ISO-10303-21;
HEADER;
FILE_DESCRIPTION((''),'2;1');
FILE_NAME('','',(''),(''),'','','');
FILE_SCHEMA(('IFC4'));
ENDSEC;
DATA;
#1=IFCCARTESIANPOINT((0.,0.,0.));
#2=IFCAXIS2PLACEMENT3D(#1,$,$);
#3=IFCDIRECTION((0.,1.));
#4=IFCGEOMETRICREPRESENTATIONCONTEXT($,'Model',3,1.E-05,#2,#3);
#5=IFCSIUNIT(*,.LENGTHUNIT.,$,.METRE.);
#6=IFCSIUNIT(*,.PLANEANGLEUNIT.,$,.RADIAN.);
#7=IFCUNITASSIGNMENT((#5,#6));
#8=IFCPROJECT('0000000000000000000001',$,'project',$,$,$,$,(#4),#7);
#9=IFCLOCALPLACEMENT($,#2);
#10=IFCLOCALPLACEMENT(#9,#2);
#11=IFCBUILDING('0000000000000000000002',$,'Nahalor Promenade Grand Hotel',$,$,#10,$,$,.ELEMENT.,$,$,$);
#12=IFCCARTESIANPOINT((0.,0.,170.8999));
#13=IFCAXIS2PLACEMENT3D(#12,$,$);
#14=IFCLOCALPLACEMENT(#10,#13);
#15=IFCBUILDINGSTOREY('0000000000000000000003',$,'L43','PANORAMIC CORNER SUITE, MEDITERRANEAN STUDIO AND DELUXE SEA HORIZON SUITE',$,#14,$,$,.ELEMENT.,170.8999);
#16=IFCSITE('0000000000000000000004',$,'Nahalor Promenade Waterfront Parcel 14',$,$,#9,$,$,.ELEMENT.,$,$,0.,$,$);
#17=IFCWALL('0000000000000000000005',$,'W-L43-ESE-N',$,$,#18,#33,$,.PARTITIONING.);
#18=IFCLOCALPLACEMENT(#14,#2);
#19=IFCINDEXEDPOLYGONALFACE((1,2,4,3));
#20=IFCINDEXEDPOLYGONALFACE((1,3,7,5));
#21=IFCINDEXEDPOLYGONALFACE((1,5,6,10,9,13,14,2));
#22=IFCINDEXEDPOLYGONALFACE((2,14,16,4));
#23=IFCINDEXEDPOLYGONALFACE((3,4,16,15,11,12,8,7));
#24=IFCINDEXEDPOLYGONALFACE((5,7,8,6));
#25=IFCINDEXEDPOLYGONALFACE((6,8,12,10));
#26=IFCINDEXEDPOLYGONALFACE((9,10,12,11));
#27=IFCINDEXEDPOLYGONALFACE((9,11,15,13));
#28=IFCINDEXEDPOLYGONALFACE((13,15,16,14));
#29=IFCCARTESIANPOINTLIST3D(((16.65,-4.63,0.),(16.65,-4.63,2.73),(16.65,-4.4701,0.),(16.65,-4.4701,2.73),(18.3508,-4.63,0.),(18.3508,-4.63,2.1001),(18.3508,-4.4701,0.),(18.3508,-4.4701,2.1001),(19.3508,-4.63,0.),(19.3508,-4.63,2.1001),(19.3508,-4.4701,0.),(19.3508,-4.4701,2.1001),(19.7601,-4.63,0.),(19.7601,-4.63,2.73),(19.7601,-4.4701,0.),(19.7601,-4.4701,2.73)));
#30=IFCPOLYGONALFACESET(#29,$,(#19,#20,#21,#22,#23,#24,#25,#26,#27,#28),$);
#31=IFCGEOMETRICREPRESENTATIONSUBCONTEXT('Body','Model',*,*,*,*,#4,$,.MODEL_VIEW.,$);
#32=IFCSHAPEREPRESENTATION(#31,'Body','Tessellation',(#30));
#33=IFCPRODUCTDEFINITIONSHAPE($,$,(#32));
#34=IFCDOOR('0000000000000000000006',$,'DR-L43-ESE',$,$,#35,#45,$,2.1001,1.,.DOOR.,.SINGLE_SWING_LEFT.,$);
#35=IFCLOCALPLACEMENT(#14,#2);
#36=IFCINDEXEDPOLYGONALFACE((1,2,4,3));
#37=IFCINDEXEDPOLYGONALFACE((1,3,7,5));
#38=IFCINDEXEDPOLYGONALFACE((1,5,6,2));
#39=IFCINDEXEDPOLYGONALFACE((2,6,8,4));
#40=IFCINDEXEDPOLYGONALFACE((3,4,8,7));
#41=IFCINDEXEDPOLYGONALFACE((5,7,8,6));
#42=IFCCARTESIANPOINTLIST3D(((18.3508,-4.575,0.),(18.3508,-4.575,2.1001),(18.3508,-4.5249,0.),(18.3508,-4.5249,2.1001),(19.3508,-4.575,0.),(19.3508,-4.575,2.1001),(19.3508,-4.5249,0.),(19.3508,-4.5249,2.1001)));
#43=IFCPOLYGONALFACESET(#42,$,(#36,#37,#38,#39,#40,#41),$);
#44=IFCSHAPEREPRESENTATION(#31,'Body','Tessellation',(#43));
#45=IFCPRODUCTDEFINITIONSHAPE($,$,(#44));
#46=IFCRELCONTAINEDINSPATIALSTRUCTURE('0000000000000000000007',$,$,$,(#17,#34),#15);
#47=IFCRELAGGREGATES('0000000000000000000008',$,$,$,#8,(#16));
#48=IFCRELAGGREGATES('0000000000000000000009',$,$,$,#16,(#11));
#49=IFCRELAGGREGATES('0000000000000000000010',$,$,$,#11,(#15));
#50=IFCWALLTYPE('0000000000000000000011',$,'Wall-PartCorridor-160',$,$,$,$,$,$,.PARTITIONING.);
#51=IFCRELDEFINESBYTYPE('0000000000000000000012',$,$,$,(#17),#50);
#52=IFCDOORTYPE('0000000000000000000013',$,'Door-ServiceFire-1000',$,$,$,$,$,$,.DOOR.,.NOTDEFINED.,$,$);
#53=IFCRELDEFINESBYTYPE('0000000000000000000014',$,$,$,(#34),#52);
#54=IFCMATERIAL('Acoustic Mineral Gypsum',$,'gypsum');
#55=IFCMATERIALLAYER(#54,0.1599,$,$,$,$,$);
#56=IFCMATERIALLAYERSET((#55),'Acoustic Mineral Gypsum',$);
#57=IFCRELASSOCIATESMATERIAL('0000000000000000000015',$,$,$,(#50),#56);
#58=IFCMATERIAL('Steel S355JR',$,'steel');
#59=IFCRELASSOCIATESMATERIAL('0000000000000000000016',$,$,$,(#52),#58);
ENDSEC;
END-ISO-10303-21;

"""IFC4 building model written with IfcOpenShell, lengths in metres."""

from ifc_helpers import new_model, si_unit, direction, frame, frame_2d, origin, place, context, subcontext, project, spatial, rectangle, extrude, source, transform, mapped, material, layer, layer_set, type_object, element, fill, save


model = new_model("IFC4")

# Units and contexts
model_context = context("Model", 3, precision=1e-05, world=origin(), true_north=direction((0.0, 1.0)))
body_context = subcontext(model_context, "Body", "Model", "MODEL_VIEW")
ifc_project = project(units=[si_unit("LENGTHUNIT", "METRE"), si_unit("PLANEANGLEUNIT", "RADIAN")], contexts=[model_context])

# Site, building, storey
site_placement = place(None, origin())
site = spatial("IfcSite", under=ifc_project, at=site_placement, Name="Nahalor Promenade Waterfront Parcel 14", CompositionType="ELEMENT", RefElevation=0.0)
building_placement = place(site_placement, origin())
building = spatial("IfcBuilding", under=site, at=building_placement, Name="Nahalor Promenade Grand Hotel", CompositionType="ELEMENT")
storey_placement = place(building_placement, frame((0.0, 0.0, 170.8999)))
storey = spatial("IfcBuildingStorey", under=building, at=storey_placement, Name="L43", Description="PANORAMIC CORNER SUITE, MEDITERRANEAN STUDIO AND DELUXE SEA HORIZON SUITE", CompositionType="ELEMENT", Elevation=170.8999)

# Shared definitions
ifc_material_1 = material(Name="Steel S355JR", Category="steel")

# Wall, opening, door
ifc_material_2 = material(Name="Acoustic Mineral Gypsum", Category="gypsum")
ifc_layer_1 = layer(ifc_material_2, 0.1599)
ifc_layer_set_1 = layer_set([ifc_layer_1], Name="Acoustic Mineral Gypsum")
wall_type_1 = type_object("IfcWallType", Name="Wall-PartCorridor-160", PredefinedType="PARTITIONING", material=ifc_layer_set_1)
shared_shape_1 = source(origin(), body_context, "Body", "SweptSolid", [
    extrude(rectangle(XDim=3.1101, YDim=0.1599, at=frame_2d((1.5552, 0.0))), origin(), (0.0, 0.0, 1.0), 2.73),
])
wall_1_placement = place(storey_placement, frame((16.6499, -4.55, 0.0), z_axis=(0.0, 0.0, 1.0), x_axis=(1.0, 0.0, 0.0)))
wall_1 = element("IfcWall", 1, at=wall_1_placement, inside=storey, type_object=wall_type_1, Name="W-L43-ESE-N", PredefinedType="PARTITIONING", context=body_context, shape_type="MappedRepresentation", body=[
    mapped(shared_shape_1, transform((0.0, 0.0, 0.0), scale=1.0)),
])
opening_1_placement = place(wall_1_placement, frame((1.7009, 0.0, 0.0)))
opening_1 = element("IfcOpeningElement", 2, at=opening_1_placement, cuts=wall_1, PredefinedType="OPENING", context=body_context, shape_type="SweptSolid", body=[
    extrude(rectangle(XDim=1.0, YDim=2.1001, at=frame_2d((0.5, 1.05))), frame((0.0, 0.0898, 0.0), z_axis=(0.0, -1.0, 0.0), x_axis=(1.0, 0.0, 0.0)), (0.0, 0.0, 1.0), 0.1799),
])
door_type_1 = type_object("IfcDoorType", Name="Door-ServiceFire-1000", OperationType="NOTDEFINED", PredefinedType="DOOR", material=ifc_material_1)
shared_shape_2 = source(origin(), body_context, "Body", "SweptSolid", [
    extrude(rectangle(XDim=1.0, YDim=2.1001, at=frame_2d((0.5, 1.05))), frame((0.0, 0.0249, 0.0), z_axis=(0.0, -1.0, 0.0), x_axis=(1.0, 0.0, 0.0)), (0.0, 0.0, 1.0), 0.05),
])
door_1_placement = place(opening_1_placement, frame((1.0, 0.0, 0.0), z_axis=(0.0, 0.0, 1.0), x_axis=(-1.0, 0.0, 0.0)))
door_1 = element("IfcDoor", 3, at=door_1_placement, inside=storey, type_object=door_type_1, Name="DR-L43-ESE", OperationType="SINGLE_SWING_LEFT", OverallHeight=2.1001, OverallWidth=1.0, PredefinedType="DOOR", context=body_context, shape_type="MappedRepresentation", body=[
    mapped(shared_shape_2, transform((0.0, 0.0, 0.0), scale=1.0)),
])
fill(opening_1, door_1)

save(model, "model.ifc")
